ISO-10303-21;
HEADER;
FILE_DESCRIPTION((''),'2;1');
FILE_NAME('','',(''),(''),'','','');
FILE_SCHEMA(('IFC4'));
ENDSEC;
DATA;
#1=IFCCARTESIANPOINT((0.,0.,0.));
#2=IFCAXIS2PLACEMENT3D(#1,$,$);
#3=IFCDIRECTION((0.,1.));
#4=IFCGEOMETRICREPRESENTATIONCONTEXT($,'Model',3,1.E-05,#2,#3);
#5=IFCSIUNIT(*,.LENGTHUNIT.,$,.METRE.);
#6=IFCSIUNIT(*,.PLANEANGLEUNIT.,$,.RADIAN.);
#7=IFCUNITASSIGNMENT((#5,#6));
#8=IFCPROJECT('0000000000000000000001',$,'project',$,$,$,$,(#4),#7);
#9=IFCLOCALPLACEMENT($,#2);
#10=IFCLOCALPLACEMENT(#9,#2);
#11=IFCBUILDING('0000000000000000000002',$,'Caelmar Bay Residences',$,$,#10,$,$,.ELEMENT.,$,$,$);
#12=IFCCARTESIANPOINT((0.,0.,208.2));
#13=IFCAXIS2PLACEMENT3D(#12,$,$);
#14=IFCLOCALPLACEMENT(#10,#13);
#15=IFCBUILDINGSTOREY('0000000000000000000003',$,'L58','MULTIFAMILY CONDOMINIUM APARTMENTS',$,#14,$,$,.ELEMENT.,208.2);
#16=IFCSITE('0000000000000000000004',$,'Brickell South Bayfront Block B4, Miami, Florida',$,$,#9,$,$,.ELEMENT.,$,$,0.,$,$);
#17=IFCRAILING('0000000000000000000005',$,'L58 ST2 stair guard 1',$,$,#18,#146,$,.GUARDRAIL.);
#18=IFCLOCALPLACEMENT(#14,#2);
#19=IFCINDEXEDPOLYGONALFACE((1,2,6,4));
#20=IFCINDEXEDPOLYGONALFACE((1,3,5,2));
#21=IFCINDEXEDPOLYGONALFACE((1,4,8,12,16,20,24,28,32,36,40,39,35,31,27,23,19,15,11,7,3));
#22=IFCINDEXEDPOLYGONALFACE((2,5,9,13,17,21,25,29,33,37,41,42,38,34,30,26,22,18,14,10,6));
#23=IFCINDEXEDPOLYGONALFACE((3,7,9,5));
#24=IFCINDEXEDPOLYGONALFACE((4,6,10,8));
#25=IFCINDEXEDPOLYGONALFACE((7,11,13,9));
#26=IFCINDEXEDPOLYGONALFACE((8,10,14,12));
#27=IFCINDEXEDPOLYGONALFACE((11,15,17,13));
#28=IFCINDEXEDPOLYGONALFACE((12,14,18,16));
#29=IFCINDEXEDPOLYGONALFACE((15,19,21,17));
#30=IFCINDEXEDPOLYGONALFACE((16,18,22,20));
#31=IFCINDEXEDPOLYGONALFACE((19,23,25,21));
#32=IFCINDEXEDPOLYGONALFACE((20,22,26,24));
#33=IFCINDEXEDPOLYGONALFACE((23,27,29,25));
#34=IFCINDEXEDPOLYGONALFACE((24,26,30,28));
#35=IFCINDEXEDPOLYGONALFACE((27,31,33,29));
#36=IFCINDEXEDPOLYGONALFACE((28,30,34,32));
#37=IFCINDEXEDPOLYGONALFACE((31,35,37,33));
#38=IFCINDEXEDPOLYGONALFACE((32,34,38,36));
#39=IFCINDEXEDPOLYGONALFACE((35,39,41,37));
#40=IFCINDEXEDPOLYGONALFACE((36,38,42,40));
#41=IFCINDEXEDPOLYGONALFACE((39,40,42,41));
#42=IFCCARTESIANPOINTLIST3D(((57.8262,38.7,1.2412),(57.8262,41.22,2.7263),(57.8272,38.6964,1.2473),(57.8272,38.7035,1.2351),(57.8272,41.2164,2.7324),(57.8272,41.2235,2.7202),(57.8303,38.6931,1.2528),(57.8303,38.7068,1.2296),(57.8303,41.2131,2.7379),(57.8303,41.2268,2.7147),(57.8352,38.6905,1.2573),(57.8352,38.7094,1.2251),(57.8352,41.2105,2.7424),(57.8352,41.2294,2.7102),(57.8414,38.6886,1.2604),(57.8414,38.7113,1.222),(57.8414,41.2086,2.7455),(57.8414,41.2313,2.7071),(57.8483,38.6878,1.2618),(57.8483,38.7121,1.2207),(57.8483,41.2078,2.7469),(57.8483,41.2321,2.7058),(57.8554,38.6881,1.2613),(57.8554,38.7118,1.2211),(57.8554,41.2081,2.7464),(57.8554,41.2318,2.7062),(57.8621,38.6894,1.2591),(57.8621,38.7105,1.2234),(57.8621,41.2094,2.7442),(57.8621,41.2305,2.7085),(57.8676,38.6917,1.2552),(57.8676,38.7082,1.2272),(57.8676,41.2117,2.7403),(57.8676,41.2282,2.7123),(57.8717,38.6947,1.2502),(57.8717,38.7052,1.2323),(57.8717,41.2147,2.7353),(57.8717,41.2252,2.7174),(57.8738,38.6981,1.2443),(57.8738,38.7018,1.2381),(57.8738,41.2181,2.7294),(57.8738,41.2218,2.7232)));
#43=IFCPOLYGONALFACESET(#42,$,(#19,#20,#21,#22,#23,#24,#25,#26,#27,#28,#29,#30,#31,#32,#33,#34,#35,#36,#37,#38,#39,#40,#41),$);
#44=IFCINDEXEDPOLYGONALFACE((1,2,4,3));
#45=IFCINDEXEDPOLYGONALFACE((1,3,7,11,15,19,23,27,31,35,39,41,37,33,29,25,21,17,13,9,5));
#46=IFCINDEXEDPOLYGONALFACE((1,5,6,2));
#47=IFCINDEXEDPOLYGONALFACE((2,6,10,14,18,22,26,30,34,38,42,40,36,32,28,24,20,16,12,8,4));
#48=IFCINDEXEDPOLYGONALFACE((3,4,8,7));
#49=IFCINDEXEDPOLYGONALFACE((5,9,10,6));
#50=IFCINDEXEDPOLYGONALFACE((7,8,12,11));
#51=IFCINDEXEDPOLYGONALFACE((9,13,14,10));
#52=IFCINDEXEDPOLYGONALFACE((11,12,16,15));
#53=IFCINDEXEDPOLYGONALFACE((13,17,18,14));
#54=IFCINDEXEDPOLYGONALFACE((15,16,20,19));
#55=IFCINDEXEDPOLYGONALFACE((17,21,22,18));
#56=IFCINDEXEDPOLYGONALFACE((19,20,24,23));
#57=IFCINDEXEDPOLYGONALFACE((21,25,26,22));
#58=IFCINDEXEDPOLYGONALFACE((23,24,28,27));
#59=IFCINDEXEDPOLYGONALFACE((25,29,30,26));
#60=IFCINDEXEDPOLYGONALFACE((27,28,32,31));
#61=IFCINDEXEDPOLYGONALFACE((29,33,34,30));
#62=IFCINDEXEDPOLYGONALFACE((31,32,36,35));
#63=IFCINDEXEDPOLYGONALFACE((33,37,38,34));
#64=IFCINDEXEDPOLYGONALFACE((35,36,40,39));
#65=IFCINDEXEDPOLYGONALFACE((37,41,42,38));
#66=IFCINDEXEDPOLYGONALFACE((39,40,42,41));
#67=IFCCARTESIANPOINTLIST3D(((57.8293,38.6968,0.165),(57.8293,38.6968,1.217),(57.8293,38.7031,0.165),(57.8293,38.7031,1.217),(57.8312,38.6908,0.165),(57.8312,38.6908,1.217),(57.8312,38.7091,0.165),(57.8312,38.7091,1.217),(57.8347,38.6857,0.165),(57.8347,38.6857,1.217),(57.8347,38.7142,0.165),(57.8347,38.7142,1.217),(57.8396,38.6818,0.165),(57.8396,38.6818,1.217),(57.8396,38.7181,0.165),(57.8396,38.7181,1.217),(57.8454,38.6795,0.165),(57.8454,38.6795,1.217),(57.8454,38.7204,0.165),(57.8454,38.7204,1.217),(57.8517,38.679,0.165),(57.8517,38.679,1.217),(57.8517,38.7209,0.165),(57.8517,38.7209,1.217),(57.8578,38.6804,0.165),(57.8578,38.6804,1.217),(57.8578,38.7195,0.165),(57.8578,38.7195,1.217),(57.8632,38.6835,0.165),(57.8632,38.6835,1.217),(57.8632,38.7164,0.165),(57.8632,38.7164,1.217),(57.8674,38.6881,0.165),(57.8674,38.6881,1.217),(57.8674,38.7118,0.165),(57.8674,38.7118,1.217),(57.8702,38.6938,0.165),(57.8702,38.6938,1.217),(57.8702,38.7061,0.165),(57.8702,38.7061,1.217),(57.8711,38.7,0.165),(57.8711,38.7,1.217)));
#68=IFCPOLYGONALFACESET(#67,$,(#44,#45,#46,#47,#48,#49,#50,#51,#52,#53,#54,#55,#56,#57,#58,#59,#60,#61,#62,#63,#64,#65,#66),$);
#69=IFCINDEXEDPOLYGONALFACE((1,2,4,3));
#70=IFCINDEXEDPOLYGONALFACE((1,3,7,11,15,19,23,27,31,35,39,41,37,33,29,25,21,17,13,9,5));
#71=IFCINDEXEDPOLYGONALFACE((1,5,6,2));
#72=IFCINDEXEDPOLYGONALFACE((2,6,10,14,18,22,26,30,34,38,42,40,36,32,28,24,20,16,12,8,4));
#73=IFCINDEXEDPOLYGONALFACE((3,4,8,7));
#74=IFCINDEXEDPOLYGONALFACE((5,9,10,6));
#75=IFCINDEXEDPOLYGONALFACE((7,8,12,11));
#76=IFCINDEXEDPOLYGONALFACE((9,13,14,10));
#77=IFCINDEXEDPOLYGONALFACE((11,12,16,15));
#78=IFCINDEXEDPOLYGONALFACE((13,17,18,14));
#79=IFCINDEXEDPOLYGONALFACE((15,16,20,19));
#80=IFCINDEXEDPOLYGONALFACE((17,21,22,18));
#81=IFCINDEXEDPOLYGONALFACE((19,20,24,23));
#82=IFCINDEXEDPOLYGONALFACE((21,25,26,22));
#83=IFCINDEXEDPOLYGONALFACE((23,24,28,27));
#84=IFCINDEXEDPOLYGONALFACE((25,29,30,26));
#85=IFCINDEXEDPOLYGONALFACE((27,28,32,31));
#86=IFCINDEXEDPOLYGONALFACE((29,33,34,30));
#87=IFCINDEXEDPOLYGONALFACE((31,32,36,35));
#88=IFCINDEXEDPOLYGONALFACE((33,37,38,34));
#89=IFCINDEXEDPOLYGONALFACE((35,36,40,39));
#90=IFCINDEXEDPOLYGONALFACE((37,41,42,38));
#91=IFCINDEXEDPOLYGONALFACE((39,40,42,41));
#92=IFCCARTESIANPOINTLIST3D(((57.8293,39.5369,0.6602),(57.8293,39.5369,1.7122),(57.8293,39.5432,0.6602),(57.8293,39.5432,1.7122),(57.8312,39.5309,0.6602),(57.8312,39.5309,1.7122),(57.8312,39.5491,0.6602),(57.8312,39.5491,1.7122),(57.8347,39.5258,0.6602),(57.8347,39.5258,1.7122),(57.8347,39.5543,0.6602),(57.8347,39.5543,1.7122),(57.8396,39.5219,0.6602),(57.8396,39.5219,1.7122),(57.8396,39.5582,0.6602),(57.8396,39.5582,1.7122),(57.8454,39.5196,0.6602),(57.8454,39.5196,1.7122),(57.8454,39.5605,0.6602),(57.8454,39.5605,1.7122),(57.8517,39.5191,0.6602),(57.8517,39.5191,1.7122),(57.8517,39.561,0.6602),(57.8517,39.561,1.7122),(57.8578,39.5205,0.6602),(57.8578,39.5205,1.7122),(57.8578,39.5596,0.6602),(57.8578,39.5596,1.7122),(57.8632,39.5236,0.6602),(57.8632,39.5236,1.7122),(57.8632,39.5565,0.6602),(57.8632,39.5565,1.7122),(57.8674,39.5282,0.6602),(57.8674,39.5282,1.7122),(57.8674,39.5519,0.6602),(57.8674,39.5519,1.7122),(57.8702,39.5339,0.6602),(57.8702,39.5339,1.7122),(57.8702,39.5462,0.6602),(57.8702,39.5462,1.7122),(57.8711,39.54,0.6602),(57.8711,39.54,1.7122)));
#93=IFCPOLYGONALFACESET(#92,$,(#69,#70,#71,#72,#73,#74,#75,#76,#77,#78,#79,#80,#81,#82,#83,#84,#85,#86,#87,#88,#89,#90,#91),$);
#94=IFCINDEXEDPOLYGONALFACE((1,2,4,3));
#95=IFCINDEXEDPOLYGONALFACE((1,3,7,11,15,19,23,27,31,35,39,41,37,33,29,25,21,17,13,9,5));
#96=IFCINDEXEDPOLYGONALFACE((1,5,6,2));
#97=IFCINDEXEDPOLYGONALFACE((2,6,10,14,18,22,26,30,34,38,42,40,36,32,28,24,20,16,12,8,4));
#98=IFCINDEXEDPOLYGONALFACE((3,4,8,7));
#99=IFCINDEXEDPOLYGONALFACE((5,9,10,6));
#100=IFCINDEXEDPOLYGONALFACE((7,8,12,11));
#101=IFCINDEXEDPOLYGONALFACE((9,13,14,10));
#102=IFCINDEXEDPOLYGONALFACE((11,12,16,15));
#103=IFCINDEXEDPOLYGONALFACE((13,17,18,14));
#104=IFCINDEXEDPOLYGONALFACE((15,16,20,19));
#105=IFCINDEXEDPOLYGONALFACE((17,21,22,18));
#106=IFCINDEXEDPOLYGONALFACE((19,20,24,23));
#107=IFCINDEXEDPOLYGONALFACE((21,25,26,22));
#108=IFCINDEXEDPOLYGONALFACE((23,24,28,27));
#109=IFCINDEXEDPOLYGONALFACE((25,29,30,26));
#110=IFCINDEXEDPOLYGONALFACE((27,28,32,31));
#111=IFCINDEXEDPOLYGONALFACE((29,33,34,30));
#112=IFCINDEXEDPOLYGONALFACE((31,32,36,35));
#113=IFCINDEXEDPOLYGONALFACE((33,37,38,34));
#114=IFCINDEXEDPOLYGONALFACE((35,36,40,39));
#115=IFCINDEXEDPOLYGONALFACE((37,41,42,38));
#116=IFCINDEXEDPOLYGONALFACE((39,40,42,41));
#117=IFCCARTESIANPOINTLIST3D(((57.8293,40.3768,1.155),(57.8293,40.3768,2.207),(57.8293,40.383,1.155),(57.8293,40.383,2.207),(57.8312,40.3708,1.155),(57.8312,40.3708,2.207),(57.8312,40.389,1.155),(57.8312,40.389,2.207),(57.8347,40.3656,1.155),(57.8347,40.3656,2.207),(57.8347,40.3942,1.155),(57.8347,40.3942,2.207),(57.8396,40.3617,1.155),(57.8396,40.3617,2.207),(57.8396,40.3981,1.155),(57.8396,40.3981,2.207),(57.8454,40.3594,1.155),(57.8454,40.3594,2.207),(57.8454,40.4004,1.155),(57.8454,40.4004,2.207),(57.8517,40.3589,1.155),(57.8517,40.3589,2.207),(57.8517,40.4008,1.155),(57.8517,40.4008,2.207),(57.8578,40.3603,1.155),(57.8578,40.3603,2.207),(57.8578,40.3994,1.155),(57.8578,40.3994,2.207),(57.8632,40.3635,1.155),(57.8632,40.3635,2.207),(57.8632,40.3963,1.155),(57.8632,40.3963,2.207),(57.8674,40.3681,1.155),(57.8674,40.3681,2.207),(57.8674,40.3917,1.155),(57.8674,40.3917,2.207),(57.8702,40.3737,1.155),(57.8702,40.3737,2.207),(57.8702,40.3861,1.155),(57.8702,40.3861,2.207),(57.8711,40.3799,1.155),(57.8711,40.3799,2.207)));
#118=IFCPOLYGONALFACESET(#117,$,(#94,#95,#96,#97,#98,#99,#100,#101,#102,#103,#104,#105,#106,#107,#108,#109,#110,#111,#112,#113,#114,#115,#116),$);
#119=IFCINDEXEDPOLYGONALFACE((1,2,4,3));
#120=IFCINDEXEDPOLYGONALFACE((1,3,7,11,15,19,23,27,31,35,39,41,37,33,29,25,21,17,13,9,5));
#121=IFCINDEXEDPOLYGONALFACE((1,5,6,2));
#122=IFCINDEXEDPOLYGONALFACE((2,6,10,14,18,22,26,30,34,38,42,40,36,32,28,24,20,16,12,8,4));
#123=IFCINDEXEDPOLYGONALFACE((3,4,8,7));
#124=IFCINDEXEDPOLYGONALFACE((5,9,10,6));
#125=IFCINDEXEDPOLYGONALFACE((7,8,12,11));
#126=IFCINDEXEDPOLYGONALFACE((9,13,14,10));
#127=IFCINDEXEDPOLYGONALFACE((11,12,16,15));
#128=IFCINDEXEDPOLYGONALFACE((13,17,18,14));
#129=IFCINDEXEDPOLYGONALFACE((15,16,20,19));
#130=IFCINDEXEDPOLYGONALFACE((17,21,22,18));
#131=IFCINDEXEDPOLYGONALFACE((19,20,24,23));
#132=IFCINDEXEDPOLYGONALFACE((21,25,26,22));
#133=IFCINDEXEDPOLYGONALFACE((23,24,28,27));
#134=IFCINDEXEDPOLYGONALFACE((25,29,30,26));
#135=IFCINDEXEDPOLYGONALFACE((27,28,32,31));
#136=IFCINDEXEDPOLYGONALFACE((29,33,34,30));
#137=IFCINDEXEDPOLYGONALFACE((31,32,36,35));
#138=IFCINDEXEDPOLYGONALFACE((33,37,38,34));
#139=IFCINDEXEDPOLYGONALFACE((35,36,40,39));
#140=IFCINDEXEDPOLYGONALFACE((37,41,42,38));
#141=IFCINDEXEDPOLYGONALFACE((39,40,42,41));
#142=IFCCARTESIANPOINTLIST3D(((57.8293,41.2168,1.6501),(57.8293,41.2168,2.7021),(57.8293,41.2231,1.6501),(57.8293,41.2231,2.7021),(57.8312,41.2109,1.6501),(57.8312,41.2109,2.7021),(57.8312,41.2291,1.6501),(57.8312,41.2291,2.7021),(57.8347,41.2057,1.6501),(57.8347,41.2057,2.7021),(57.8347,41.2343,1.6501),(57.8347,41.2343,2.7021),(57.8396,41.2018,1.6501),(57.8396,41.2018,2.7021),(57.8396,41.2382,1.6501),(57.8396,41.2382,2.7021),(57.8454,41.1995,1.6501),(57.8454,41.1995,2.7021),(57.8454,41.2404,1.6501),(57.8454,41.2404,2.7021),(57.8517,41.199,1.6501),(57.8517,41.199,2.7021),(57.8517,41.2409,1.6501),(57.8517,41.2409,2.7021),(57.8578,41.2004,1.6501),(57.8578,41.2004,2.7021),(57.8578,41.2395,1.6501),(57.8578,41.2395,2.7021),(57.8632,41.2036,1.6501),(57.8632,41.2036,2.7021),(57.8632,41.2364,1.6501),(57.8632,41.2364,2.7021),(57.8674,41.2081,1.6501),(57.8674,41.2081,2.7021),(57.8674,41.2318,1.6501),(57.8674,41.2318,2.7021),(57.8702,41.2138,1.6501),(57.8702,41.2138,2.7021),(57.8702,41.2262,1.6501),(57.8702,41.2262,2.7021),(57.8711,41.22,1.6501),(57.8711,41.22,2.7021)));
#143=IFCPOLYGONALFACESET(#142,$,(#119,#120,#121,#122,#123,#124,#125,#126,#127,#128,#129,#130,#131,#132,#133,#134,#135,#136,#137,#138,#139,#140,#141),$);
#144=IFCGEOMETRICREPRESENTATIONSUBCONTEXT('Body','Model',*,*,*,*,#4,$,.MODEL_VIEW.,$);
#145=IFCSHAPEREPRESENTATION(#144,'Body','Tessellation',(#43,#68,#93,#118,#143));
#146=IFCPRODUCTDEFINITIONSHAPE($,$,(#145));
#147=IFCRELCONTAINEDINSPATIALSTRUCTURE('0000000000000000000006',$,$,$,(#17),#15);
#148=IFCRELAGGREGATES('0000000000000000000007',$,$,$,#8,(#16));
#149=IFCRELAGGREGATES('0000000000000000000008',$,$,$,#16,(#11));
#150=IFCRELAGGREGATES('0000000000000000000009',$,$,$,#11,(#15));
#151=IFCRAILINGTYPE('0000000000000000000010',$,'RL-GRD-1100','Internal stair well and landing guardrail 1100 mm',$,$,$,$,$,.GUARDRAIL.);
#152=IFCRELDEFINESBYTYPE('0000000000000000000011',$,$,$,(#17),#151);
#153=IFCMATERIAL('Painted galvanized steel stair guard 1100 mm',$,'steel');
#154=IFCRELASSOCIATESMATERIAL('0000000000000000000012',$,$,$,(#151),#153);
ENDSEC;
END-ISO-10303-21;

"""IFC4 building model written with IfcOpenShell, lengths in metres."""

from ifc_helpers import new_model, si_unit, direction, frame, origin, origin_2d, place, context, subcontext, project, spatial, circle, extrude, material, type_object, element, save


model = new_model("IFC4")

# Units and contexts
model_context = context("Model", 3, precision=1e-05, world=origin(), true_north=direction((0.0, 1.0)))
body_context = subcontext(model_context, "Body", "Model", "MODEL_VIEW")
ifc_project = project(units=[si_unit("LENGTHUNIT", "METRE"), si_unit("PLANEANGLEUNIT", "RADIAN")], contexts=[model_context])

# Site, building, storey
site_placement = place(None, origin())
site = spatial("IfcSite", under=ifc_project, at=site_placement, Name="Brickell South Bayfront Block B4, Miami, Florida", CompositionType="ELEMENT", RefElevation=0.0)
building_placement = place(site_placement, origin())
building = spatial("IfcBuilding", under=site, at=building_placement, Name="Caelmar Bay Residences", CompositionType="ELEMENT")
storey_placement = place(building_placement, frame((0.0, 0.0, 208.2)))
storey = spatial("IfcBuildingStorey", under=building, at=storey_placement, Name="L58", Description="MULTIFAMILY CONDOMINIUM APARTMENTS", CompositionType="ELEMENT", Elevation=208.2)

# Railing
ifc_material_1 = material(Name="Painted galvanized steel stair guard 1100 mm", Category="steel")
railing_type_1 = type_object("IfcRailingType", Name="RL-GRD-1100", Description="Internal stair well and landing guardrail 1100 mm", PredefinedType="GUARDRAIL", material=ifc_material_1)
railing_1_placement = place(storey_placement, frame((57.8501, 38.7, 0.165)))
element("IfcRailing", 1, at=railing_1_placement, inside=storey, type_object=railing_type_1, Name="L58 ST2 stair guard 1", PredefinedType="GUARDRAIL", context=body_context, shape_type="SweptSolid", body=[
    extrude(circle(Radius=0.0239, at=origin_2d()), frame((0.0, 0.0, 1.0762), z_axis=(0.0, 0.861524, 0.507717), x_axis=(-1.0, 0.0, 0.0)), (0.0, 0.0, 1.0), 2.925),
    extrude(circle(Radius=0.021, at=origin_2d()), origin(), (0.0, 0.0, 1.0), 1.052),
    extrude(circle(Radius=0.021, at=origin_2d()), frame((0.0, 0.8401, 0.4951)), (0.0, 0.0, 1.0), 1.052),
    extrude(circle(Radius=0.021, at=origin_2d()), frame((0.0, 1.6799, 0.99)), (0.0, 0.0, 1.0), 1.052),
    extrude(circle(Radius=0.021, at=origin_2d()), frame((0.0, 2.52, 1.4851)), (0.0, 0.0, 1.0), 1.052),
])

save(model, "model.ifc")
